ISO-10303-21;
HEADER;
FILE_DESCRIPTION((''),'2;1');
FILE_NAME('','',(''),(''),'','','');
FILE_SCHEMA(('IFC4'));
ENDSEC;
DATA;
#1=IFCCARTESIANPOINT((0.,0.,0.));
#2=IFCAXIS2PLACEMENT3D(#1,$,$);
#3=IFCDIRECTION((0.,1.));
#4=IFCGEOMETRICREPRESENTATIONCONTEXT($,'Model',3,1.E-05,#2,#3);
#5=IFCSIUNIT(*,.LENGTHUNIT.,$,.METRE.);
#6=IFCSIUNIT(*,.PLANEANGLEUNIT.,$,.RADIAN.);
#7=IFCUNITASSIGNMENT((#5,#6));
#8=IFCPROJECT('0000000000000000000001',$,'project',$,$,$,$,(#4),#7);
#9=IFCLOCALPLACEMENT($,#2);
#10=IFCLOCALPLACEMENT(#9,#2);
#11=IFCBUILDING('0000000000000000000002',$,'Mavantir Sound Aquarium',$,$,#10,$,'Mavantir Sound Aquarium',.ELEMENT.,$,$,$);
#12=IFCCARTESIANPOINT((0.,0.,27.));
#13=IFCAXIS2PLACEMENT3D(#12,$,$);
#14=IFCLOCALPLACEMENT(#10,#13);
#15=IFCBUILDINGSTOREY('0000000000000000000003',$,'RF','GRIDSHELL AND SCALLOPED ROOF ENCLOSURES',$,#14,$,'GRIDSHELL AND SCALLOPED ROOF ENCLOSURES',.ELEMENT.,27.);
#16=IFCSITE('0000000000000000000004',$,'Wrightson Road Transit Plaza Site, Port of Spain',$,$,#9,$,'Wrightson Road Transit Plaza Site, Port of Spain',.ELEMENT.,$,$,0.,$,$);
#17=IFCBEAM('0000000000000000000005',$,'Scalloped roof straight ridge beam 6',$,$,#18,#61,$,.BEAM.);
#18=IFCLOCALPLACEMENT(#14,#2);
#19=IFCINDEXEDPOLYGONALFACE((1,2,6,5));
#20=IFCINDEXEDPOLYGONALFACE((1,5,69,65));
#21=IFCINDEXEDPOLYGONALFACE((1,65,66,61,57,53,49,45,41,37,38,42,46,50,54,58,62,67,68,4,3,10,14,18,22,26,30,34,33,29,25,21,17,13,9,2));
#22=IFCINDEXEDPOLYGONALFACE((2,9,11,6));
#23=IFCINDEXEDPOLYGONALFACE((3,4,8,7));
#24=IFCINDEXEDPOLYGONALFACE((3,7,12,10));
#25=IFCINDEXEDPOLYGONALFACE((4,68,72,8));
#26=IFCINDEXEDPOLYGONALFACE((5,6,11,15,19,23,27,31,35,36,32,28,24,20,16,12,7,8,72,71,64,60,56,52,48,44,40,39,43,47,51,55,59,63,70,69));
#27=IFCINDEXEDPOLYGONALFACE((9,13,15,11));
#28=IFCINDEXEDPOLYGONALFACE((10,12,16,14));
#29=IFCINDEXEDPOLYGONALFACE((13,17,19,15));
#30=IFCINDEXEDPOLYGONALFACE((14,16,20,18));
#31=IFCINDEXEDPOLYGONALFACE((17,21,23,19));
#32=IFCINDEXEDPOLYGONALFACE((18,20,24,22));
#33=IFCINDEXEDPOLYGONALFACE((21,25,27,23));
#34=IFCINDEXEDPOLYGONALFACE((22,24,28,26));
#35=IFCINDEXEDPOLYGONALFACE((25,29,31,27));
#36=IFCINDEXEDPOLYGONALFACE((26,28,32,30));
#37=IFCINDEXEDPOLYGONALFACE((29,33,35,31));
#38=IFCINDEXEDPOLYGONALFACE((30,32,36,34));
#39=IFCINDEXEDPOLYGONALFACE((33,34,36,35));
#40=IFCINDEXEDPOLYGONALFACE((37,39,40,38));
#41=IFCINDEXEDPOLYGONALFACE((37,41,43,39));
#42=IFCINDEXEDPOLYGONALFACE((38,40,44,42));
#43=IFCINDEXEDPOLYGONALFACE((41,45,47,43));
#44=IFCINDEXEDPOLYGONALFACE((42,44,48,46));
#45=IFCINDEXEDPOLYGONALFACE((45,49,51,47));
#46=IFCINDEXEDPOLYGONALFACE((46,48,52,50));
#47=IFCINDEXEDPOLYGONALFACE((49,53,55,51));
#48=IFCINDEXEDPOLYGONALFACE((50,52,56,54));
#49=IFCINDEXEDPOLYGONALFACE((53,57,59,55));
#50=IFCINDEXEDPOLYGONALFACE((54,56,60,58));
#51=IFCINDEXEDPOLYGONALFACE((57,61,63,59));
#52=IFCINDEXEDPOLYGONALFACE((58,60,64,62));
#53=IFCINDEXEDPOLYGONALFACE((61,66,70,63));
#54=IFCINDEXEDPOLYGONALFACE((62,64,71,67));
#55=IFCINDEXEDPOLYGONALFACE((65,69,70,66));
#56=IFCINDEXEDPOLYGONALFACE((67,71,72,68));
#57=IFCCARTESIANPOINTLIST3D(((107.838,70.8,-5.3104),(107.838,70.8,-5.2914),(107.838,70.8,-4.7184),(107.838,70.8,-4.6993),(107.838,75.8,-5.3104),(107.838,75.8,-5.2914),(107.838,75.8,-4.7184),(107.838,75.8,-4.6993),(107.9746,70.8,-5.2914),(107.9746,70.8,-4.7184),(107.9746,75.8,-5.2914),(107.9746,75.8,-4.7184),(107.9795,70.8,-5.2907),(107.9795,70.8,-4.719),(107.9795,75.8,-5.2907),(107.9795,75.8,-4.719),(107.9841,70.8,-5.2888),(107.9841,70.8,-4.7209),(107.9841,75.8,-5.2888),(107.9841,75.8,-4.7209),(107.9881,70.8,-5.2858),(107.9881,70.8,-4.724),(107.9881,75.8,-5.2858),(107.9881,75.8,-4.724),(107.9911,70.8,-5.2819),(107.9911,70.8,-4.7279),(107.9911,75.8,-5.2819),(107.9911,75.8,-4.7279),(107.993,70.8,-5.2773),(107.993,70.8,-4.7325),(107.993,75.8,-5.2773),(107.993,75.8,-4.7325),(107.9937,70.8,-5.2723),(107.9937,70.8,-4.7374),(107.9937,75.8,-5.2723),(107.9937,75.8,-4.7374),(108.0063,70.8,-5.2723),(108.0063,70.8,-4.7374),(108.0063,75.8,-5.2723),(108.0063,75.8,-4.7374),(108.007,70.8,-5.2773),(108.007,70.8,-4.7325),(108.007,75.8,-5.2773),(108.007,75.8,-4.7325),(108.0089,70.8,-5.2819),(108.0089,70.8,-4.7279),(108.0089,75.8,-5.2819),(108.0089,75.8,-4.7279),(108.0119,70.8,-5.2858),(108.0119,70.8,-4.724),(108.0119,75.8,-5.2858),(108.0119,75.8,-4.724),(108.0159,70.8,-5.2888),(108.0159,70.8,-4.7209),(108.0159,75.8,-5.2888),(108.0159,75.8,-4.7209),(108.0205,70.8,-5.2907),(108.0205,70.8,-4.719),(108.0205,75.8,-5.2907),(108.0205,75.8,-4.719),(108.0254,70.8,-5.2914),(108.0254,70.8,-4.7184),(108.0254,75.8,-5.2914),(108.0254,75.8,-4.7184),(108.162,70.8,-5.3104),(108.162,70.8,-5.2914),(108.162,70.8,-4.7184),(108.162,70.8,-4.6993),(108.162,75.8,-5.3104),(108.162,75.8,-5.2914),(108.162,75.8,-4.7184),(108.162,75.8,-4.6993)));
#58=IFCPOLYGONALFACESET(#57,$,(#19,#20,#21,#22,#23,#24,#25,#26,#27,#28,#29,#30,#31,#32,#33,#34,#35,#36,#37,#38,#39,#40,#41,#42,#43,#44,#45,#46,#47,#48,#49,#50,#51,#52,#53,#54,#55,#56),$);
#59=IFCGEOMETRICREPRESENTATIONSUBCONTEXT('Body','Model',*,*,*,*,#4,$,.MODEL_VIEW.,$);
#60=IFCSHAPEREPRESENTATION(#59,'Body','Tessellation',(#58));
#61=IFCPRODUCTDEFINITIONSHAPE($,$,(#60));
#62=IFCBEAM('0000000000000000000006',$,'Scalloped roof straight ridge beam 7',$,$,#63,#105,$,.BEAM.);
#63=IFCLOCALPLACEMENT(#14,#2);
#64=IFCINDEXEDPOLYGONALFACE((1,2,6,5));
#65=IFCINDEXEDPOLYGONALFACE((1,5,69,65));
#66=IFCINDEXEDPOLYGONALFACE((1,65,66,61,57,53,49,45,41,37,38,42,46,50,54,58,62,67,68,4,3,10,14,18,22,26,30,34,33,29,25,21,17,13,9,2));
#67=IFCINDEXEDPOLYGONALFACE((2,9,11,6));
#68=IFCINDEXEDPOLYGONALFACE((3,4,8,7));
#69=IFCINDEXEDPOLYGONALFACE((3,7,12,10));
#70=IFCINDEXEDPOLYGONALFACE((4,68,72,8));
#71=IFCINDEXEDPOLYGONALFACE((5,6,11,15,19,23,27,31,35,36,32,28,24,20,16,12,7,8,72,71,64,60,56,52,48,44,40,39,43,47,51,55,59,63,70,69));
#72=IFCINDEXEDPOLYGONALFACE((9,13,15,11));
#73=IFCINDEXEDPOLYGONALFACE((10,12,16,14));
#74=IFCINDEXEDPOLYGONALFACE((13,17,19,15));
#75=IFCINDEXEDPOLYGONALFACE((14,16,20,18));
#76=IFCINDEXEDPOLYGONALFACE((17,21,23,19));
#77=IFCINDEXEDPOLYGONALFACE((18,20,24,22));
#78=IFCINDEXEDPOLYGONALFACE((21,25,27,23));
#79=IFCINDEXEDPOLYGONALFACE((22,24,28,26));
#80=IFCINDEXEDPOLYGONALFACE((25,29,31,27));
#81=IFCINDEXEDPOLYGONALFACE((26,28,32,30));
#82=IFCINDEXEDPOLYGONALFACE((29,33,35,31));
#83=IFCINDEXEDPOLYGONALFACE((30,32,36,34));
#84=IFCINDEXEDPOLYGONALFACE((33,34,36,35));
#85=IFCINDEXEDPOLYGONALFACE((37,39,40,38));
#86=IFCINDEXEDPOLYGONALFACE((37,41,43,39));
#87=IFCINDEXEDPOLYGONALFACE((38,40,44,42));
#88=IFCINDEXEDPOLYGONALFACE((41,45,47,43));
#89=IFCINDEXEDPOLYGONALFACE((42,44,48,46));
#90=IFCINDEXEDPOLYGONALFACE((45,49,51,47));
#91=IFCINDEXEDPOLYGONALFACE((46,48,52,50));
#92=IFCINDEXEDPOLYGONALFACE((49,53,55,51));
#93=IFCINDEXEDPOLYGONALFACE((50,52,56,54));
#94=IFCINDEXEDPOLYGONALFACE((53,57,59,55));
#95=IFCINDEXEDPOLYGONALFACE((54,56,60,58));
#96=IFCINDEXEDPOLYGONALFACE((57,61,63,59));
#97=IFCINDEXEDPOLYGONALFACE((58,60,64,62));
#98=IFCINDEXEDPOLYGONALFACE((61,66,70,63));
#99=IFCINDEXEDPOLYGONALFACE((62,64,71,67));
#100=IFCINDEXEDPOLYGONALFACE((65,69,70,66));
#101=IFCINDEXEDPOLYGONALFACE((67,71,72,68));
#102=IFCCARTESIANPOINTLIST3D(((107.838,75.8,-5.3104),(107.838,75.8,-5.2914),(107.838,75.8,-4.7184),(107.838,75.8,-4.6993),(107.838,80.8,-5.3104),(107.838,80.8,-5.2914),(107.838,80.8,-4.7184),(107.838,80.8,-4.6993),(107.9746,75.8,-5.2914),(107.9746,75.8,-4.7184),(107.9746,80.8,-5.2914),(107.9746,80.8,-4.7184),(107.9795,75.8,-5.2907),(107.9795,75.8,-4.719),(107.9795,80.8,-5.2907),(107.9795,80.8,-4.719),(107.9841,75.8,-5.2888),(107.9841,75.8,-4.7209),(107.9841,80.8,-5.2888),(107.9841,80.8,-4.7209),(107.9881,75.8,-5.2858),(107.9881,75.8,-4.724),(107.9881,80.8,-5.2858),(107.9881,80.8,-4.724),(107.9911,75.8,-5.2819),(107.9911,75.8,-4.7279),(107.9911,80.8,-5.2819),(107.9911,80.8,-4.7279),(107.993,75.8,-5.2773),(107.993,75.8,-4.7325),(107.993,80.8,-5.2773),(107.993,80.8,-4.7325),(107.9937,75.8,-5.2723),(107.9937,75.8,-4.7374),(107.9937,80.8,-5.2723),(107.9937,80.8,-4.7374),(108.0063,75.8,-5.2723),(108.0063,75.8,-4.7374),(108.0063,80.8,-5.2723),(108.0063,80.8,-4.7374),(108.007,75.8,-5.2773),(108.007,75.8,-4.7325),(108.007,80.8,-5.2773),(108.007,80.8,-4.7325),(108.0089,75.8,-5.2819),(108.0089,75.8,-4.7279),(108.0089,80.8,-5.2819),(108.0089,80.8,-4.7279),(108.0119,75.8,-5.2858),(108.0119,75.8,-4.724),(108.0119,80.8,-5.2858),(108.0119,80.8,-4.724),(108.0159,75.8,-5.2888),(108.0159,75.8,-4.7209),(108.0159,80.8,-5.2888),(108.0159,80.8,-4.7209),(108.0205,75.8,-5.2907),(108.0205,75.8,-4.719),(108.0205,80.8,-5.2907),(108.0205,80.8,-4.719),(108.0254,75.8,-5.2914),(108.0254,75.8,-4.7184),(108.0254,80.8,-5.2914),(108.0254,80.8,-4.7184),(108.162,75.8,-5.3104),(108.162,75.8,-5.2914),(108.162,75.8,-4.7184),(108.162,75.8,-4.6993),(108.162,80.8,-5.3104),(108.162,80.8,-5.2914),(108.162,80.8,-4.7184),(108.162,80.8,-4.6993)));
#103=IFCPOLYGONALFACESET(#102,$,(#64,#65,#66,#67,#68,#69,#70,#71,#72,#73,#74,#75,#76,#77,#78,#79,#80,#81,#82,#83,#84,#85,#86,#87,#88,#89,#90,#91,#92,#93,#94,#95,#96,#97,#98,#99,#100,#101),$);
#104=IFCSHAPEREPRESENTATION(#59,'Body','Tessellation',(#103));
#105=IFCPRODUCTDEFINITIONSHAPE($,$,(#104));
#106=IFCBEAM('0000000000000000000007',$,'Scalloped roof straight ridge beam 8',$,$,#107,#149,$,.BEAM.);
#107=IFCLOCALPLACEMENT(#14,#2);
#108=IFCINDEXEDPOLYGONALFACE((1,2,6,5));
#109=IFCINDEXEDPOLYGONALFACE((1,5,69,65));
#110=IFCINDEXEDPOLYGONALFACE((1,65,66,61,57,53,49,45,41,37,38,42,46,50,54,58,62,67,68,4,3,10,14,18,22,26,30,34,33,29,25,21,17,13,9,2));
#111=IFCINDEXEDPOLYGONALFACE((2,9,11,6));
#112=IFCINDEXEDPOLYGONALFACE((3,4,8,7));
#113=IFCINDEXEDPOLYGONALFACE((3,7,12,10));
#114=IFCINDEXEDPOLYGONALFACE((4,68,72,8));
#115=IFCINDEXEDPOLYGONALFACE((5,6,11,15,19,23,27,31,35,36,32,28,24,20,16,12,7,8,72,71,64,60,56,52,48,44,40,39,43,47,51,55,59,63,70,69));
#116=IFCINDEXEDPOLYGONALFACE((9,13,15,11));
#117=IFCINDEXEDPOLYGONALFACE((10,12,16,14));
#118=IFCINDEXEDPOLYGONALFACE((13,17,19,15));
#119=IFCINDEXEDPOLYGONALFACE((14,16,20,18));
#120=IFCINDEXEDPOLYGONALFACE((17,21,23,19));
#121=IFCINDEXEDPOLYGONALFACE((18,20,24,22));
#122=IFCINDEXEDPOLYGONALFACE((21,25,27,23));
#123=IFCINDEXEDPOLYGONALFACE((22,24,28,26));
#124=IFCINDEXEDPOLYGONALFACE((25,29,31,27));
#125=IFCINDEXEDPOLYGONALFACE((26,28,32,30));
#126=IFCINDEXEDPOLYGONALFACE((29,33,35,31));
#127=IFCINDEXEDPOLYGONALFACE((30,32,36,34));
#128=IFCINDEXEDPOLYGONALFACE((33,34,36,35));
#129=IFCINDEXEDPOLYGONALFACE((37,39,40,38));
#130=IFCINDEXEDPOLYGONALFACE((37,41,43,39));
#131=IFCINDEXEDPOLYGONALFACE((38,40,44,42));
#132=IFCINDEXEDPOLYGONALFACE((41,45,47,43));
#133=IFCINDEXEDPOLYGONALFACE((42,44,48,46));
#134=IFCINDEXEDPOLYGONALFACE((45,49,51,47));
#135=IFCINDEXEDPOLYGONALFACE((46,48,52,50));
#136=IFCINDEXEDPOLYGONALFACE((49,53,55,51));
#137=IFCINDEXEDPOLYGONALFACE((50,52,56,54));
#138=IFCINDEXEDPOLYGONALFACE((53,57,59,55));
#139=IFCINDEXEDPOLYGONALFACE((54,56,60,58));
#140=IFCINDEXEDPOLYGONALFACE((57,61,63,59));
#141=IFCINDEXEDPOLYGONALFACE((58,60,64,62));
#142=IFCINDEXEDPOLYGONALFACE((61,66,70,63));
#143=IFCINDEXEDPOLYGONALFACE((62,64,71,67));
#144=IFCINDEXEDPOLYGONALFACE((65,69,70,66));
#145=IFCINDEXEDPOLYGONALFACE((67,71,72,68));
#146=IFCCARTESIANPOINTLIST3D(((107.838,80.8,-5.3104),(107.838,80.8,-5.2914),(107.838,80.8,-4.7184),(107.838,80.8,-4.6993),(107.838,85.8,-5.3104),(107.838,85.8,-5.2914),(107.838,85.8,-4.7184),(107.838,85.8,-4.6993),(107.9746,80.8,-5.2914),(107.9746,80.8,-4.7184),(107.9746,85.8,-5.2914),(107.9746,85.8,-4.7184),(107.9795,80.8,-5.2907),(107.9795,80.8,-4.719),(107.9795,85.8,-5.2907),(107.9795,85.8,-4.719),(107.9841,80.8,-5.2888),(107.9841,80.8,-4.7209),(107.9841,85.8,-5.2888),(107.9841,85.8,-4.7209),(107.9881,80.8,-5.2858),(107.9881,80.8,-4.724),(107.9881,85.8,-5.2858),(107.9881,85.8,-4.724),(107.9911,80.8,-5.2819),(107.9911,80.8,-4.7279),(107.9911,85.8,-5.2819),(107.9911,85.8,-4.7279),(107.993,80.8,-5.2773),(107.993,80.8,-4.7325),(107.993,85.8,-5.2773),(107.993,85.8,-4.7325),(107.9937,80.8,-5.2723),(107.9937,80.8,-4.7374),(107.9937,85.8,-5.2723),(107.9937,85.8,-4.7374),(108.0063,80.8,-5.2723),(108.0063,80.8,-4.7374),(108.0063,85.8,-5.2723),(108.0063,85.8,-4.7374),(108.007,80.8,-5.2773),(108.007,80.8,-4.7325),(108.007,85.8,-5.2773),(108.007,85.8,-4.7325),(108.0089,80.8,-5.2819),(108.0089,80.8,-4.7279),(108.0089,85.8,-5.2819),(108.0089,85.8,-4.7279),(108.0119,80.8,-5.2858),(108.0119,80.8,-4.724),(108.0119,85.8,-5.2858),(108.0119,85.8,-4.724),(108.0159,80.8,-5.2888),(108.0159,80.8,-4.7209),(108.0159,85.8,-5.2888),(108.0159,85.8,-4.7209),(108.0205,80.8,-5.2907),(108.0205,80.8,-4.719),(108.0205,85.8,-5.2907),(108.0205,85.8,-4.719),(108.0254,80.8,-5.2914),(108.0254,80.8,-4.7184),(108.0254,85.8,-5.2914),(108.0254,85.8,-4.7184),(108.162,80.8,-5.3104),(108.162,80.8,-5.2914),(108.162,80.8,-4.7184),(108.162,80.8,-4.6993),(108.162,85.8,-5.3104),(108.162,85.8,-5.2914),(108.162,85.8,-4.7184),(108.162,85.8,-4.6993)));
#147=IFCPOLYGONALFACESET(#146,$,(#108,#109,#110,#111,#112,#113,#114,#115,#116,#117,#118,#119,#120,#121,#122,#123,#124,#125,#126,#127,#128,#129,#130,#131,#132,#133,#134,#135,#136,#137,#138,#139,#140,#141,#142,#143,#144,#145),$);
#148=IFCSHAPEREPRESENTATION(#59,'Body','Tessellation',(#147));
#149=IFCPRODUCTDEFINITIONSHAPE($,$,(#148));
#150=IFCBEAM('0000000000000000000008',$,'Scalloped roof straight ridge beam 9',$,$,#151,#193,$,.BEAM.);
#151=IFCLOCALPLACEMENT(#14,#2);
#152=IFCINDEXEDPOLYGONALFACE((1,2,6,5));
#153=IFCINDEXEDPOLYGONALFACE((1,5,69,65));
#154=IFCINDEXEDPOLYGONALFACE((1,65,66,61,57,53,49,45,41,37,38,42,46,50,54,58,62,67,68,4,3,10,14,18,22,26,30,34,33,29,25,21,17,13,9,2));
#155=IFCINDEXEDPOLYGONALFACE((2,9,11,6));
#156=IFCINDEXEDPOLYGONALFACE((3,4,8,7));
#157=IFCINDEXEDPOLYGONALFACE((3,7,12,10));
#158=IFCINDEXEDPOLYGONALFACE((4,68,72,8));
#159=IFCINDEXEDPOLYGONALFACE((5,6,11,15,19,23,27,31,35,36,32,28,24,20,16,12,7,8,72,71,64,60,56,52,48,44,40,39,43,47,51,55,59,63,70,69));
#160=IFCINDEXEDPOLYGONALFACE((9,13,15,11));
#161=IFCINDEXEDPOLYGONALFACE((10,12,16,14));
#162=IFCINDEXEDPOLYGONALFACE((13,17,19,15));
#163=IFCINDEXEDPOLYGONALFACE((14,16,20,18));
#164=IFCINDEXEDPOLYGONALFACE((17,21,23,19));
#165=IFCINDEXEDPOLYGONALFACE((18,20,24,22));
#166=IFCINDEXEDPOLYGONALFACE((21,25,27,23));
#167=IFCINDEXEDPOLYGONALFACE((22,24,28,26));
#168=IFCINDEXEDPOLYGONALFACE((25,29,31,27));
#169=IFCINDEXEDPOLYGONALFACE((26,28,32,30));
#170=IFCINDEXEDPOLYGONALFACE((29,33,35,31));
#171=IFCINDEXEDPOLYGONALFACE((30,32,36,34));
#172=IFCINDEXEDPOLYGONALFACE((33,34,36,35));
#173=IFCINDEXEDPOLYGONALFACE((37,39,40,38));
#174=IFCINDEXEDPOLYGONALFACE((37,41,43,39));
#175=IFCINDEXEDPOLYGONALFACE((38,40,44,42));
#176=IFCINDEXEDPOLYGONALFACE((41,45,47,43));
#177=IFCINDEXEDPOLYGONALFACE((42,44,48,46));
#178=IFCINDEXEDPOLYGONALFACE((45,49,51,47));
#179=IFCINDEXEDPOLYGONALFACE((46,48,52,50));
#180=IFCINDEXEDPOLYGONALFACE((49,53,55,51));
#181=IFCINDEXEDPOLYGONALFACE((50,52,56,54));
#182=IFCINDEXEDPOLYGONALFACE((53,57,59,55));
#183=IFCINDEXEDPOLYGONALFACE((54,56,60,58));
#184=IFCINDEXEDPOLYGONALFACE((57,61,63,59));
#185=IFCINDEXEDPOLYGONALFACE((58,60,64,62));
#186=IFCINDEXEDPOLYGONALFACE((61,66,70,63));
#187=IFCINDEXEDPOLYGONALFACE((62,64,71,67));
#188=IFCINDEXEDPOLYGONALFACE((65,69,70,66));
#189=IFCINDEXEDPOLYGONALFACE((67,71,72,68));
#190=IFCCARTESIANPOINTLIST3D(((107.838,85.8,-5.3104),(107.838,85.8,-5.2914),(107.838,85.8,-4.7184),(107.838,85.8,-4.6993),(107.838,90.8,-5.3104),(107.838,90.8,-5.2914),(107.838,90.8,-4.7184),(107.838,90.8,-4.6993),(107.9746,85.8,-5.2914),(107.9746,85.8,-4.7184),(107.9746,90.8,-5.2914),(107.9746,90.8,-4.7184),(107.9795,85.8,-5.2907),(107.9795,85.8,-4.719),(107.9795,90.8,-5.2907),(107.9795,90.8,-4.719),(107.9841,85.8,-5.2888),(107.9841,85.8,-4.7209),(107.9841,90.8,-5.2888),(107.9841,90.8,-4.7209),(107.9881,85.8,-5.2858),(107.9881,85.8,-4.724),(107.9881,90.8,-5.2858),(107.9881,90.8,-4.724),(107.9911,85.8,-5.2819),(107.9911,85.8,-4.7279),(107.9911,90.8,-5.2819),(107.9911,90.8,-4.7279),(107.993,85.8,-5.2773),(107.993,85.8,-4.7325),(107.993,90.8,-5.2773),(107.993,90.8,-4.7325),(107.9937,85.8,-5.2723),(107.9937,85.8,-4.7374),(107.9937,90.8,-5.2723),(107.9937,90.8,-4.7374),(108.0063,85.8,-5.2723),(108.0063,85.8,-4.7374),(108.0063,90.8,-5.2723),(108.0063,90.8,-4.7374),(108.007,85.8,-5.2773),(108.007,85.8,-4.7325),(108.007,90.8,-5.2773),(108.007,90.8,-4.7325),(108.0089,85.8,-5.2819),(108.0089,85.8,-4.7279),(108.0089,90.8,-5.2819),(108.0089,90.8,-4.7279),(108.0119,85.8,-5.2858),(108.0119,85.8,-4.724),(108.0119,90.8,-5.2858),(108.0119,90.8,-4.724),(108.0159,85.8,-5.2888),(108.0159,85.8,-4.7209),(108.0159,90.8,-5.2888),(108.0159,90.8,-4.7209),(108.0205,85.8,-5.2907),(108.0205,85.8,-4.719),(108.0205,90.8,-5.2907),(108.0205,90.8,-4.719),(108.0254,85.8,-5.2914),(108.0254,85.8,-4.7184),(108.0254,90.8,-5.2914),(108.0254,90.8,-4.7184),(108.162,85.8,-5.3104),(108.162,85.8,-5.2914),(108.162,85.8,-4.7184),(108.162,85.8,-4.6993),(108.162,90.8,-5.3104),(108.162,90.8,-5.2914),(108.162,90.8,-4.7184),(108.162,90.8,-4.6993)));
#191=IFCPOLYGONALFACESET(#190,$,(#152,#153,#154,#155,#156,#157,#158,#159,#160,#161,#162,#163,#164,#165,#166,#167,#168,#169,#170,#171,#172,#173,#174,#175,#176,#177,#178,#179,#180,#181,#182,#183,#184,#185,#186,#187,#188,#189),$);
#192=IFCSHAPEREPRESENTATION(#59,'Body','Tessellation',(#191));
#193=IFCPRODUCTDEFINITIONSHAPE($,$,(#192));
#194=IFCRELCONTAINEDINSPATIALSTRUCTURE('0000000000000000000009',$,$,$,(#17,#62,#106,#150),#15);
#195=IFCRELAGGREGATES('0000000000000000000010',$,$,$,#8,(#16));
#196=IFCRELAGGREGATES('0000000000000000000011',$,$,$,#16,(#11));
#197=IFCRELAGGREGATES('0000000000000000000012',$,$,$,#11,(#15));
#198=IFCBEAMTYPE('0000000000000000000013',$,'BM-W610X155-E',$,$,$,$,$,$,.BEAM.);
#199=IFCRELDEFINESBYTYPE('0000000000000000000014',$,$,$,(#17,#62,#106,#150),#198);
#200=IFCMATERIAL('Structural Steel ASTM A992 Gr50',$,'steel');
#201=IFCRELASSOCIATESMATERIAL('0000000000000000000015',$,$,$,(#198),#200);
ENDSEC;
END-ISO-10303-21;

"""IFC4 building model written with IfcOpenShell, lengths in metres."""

from ifc_helpers import new_model, si_unit, direction, frame, origin, origin_2d, place, context, subcontext, project, spatial, i_section, extrude, material, material_profile, profile_set, type_object, element, save


model = new_model("IFC4")

# Units and contexts
model_context = context("Model", 3, precision=1e-05, world=origin(), true_north=direction((0.0, 1.0)))
body_context = subcontext(model_context, "Body", "Model", "MODEL_VIEW")
ifc_project = project(units=[si_unit("LENGTHUNIT", "METRE"), si_unit("PLANEANGLEUNIT", "RADIAN")], contexts=[model_context])

# Site, building, storey
site_placement = place(None, origin())
site = spatial("IfcSite", under=ifc_project, at=site_placement, Name="Wrightson Road Transit Plaza Site, Port of Spain", LongName="Wrightson Road Transit Plaza Site, Port of Spain", CompositionType="ELEMENT", RefElevation=0.0)
building_placement = place(site_placement, origin())
building = spatial("IfcBuilding", under=site, at=building_placement, Name="Mavantir Sound Aquarium", LongName="Mavantir Sound Aquarium", CompositionType="ELEMENT")
storey_placement = place(building_placement, frame((0.0, 0.0, 27.0)))
storey = spatial("IfcBuildingStorey", under=building, at=storey_placement, Name="RF", Description="GRIDSHELL AND SCALLOPED ROOF ENCLOSURES", LongName="GRIDSHELL AND SCALLOPED ROOF ENCLOSURES", CompositionType="ELEMENT", Elevation=27.0)

# Beams
ifc_material_1 = material(Name="Structural Steel ASTM A992 Gr50", Category="steel")
ifc_material_profile_1 = material_profile(ifc_material_1, i_section(OverallWidth=0.324, OverallDepth=0.6111, WebThickness=0.0127, FlangeThickness=0.019, FilletRadius=0.019, at=origin_2d()), Name="W610X155")
ifc_profile_set_1 = profile_set([ifc_material_profile_1], Name="Structural Steel ASTM A992 Gr50")
beam_type_1 = type_object("IfcBeamType", Name="BM-W610X155-E", PredefinedType="BEAM", material=ifc_profile_set_1)
for number, where, z_axis, x_axis, name in (
    (1, (108.0, 70.8, -5.0049), (0.0, 1.0, 0.0), (-1.0, 0.0, 0.0), "Scalloped roof straight ridge beam 6"),
    (2, (108.0, 75.8, -5.0049), (0.0, 1.0, 0.0), (-1.0, 0.0, 0.0), "Scalloped roof straight ridge beam 7"),
    (3, (108.0, 80.8, -5.0049), (0.0, 1.0, 0.0), (-1.0, 0.0, 0.0), "Scalloped roof straight ridge beam 8"),
    (4, (108.0, 85.8, -5.0049), (0.0, 1.0, 0.0), (-1.0, 0.0, 0.0), "Scalloped roof straight ridge beam 9"),
):
    element("IfcBeam", number, at=place(storey_placement, frame(where, z_axis=z_axis, x_axis=x_axis)), inside=storey, type_object=beam_type_1, Name=name, PredefinedType="BEAM", context=body_context, shape_type="SweptSolid", body=[
        extrude(i_section(OverallWidth=0.324, OverallDepth=0.6111, WebThickness=0.0127, FlangeThickness=0.019, FilletRadius=0.019, at=origin_2d()), origin(), (0.0, 0.0, 1.0), 5.0),
    ])

save(model, "model.ifc")
